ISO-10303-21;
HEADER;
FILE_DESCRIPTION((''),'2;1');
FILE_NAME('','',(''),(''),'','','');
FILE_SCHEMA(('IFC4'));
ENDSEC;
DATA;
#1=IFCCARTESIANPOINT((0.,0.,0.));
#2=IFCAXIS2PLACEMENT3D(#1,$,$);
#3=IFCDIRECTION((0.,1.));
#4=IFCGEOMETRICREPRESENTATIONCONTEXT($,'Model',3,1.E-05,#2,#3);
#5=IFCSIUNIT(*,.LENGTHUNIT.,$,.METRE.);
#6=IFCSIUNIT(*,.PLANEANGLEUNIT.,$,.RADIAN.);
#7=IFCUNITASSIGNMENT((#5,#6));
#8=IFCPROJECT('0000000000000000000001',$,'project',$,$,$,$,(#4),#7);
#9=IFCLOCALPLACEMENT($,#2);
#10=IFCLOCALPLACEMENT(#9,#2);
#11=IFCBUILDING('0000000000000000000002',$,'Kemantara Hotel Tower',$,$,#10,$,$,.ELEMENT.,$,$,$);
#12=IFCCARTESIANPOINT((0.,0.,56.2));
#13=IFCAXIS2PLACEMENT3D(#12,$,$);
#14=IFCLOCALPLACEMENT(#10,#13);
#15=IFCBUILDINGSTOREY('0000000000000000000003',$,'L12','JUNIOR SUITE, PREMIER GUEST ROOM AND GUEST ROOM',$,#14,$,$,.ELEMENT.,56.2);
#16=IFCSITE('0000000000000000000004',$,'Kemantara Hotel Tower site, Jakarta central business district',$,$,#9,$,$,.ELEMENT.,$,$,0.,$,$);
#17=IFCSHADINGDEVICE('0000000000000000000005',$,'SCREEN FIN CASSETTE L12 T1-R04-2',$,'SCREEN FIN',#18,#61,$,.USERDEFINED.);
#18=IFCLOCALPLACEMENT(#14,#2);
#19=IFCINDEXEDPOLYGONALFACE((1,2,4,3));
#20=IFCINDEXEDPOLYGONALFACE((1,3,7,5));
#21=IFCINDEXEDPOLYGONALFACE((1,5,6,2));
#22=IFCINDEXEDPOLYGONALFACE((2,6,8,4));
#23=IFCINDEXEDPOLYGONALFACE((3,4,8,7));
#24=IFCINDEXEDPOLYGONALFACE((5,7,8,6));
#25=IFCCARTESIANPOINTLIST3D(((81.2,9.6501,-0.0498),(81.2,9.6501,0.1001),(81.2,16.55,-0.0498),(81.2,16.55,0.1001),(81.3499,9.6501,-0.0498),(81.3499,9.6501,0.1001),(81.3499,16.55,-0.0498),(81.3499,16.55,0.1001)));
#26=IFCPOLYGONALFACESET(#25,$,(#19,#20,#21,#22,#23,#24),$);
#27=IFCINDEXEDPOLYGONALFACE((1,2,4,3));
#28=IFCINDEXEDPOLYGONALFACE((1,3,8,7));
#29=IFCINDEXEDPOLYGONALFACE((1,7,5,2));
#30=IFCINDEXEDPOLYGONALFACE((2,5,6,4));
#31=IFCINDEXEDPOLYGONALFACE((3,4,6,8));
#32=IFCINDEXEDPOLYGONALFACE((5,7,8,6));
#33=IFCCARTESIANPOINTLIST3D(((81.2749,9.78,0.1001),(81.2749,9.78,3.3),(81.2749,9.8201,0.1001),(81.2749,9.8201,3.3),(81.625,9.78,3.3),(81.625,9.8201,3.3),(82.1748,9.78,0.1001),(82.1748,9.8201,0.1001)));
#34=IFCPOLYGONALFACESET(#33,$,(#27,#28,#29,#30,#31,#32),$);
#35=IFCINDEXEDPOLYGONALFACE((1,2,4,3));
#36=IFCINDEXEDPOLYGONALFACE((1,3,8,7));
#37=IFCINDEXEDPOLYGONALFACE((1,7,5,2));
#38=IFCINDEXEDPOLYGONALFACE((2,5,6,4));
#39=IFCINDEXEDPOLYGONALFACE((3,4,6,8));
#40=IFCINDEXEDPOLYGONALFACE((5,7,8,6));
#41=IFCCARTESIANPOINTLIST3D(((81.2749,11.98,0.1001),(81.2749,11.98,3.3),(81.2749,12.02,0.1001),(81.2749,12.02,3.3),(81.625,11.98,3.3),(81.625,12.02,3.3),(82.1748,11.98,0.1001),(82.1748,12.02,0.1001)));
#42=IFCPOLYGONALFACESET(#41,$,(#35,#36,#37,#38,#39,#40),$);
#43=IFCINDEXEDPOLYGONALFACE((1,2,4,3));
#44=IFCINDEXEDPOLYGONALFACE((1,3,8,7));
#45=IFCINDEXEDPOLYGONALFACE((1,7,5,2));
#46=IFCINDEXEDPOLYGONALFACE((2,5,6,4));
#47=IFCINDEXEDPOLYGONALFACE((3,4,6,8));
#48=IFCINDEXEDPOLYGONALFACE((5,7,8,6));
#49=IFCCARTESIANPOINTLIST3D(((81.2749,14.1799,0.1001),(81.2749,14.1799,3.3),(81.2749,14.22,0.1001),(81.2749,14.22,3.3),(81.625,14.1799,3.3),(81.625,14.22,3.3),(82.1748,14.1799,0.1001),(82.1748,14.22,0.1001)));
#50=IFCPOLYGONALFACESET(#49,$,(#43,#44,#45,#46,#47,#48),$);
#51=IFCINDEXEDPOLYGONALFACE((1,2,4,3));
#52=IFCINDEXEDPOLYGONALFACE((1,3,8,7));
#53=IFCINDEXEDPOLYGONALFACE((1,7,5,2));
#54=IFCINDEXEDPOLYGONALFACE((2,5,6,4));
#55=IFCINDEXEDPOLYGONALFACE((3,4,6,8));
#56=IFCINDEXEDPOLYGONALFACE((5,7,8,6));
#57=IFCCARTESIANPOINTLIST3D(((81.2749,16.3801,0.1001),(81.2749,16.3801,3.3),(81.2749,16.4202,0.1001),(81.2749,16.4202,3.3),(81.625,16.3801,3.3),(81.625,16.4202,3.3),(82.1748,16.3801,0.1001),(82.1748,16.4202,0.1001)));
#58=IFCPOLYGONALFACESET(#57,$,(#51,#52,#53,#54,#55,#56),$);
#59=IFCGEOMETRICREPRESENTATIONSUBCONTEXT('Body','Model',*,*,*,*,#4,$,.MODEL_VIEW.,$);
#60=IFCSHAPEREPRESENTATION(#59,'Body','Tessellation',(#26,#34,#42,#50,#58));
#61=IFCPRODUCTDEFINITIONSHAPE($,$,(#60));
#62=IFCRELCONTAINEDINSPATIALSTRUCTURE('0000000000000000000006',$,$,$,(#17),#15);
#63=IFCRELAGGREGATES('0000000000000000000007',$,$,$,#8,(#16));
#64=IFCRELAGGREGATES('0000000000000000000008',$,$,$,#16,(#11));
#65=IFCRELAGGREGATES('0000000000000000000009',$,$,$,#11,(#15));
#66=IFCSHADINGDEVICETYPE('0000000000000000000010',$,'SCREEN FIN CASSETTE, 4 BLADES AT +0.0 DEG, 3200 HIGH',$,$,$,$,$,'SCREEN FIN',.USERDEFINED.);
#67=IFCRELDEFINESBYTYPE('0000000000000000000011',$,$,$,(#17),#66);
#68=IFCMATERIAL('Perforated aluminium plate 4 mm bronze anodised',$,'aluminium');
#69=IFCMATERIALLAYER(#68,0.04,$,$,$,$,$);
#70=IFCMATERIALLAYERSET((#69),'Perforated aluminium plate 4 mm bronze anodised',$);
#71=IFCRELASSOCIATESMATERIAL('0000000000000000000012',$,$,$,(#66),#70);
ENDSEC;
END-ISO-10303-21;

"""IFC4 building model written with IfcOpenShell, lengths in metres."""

from ifc_helpers import new_model, si_unit, direction, frame, origin, origin_2d, place, context, subcontext, project, spatial, polyline, rectangle, outline, extrude, source, transform, mapped, material, layer, layer_set, type_object, element, save


model = new_model("IFC4")

# Units and contexts
model_context = context("Model", 3, precision=1e-05, world=origin(), true_north=direction((0.0, 1.0)))
body_context = subcontext(model_context, "Body", "Model", "MODEL_VIEW")
ifc_project = project(units=[si_unit("LENGTHUNIT", "METRE"), si_unit("PLANEANGLEUNIT", "RADIAN")], contexts=[model_context])

# Site, building, storey
site_placement = place(None, origin())
site = spatial("IfcSite", under=ifc_project, at=site_placement, Name="Kemantara Hotel Tower site, Jakarta central business district", CompositionType="ELEMENT", RefElevation=0.0)
building_placement = place(site_placement, origin())
building = spatial("IfcBuilding", under=site, at=building_placement, Name="Kemantara Hotel Tower", CompositionType="ELEMENT")
storey_placement = place(building_placement, frame((0.0, 0.0, 56.2)))
storey = spatial("IfcBuildingStorey", under=building, at=storey_placement, Name="L12", Description="JUNIOR SUITE, PREMIER GUEST ROOM AND GUEST ROOM", CompositionType="ELEMENT", Elevation=56.2)

# Shading device
ifc_material_1 = material(Name="Perforated aluminium plate 4 mm bronze anodised", Category="aluminium")
ifc_layer_1 = layer(ifc_material_1, 0.04)
ifc_layer_set_1 = layer_set([ifc_layer_1], Name="Perforated aluminium plate 4 mm bronze anodised")
shading_device_type_1 = type_object("IfcShadingDeviceType", Name="SCREEN FIN CASSETTE, 4 BLADES AT +0.0 DEG, 3200 HIGH", ElementType="SCREEN FIN", PredefinedType="USERDEFINED", material=ifc_layer_set_1)
shared_shape_1 = source(origin(), body_context, "Body", "SweptSolid", [
    extrude(rectangle(XDim=6.8999, YDim=0.1499, at=origin_2d()), frame((3.3, -0.075, -0.1499), z_axis=(0.0, 0.0, 1.0), x_axis=(1.0, 0.0, 0.0)), (0.0, 0.0, 1.0), 0.1499),
    extrude(outline(polyline([(0.0, 0.0), (0.8999, 0.0), (0.3501, 3.2), (0.0, 3.2), (0.0, 0.0)])), frame((0.02, -0.075, 0.0), z_axis=(-1.0, 0.0, 0.0), x_axis=(0.0, -1.0, 0.0)), (0.0, 0.0, 1.0), 0.04),
    extrude(outline(polyline([(0.0, 0.0), (0.8999, 0.0), (0.3501, 3.2), (0.0, 3.2), (0.0, 0.0)])), frame((2.22, -0.075, 0.0), z_axis=(-1.0, 0.0, 0.0), x_axis=(0.0, -1.0, 0.0)), (0.0, 0.0, 1.0), 0.04),
    extrude(outline(polyline([(0.0, 0.0), (0.8999, 0.0), (0.3501, 3.2), (0.0, 3.2), (0.0, 0.0)])), frame((4.4199, -0.075, 0.0), z_axis=(-1.0, 0.0, 0.0), x_axis=(0.0, -1.0, 0.0)), (0.0, 0.0, 1.0), 0.04),
    extrude(outline(polyline([(0.0, 0.0), (0.8999, 0.0), (0.3501, 3.2), (0.0, 3.2), (0.0, 0.0)])), frame((6.6201, -0.075, 0.0), z_axis=(-1.0, 0.0, 0.0), x_axis=(0.0, -1.0, 0.0)), (0.0, 0.0, 1.0), 0.04),
])
shading_device_1_placement = place(storey_placement, frame((81.2, 9.8, 0.1001), z_axis=(0.0, 0.0, 1.0), x_axis=(0.0, 1.0, 0.0)))
element("IfcShadingDevice", 1, at=shading_device_1_placement, inside=storey, type_object=shading_device_type_1, Name="SCREEN FIN CASSETTE L12 T1-R04-2", ObjectType="SCREEN FIN", PredefinedType="USERDEFINED", context=body_context, shape_type="MappedRepresentation", body=[
    mapped(shared_shape_1, transform((0.0, 0.0, 0.0))),
])

save(model, "model.ifc")
